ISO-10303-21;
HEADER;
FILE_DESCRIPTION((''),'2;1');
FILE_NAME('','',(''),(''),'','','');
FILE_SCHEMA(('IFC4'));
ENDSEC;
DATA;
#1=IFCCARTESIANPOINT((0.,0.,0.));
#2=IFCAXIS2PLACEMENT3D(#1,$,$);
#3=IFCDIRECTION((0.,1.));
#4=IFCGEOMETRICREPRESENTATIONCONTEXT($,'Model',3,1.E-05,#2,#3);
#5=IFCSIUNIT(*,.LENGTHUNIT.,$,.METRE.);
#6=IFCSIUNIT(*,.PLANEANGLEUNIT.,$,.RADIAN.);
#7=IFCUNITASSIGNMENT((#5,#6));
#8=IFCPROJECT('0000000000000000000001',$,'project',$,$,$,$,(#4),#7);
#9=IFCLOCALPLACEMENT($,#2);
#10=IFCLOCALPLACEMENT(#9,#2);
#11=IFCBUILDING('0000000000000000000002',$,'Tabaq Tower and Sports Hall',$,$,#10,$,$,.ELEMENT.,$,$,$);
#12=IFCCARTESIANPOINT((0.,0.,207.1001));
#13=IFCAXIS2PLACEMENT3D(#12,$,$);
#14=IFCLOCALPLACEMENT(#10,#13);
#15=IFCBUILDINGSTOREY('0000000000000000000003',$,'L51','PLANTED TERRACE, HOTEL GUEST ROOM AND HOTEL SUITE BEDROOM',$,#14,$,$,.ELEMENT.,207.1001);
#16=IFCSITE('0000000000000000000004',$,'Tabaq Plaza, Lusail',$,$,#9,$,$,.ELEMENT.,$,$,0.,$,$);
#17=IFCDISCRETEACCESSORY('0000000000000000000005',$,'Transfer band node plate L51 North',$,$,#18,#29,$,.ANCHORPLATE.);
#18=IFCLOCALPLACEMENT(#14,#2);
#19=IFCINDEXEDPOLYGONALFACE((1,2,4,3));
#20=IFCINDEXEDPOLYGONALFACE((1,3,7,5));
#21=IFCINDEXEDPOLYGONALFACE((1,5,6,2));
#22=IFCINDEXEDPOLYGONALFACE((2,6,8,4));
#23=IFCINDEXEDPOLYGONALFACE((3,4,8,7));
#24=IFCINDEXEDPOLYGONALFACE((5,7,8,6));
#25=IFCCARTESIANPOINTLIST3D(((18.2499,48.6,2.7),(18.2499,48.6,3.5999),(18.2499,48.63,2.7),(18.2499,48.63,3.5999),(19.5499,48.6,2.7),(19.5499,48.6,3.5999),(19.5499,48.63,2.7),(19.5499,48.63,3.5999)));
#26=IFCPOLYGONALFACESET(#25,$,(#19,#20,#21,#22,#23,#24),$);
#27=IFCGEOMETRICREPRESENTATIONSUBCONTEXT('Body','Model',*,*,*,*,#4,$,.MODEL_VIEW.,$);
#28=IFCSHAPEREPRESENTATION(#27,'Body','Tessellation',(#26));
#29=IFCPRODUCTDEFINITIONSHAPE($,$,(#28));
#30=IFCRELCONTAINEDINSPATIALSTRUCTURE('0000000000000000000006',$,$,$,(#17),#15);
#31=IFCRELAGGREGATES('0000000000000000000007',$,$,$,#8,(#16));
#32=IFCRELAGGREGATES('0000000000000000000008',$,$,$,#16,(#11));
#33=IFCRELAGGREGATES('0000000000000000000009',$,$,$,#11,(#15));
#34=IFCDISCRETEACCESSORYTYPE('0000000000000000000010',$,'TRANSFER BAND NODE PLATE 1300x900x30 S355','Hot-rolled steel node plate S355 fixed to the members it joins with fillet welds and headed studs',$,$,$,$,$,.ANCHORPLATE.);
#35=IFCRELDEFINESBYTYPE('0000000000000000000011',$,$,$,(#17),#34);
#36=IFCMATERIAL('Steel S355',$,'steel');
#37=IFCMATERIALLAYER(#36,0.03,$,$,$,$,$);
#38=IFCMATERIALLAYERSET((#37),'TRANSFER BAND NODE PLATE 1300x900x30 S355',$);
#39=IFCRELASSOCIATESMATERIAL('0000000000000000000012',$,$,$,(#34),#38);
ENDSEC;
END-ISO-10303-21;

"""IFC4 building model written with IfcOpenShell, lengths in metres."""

from ifc_helpers import new_model, si_unit, direction, frame, origin, origin_2d, place, context, subcontext, project, spatial, rectangle, extrude, material, layer, layer_set, type_object, element, save


model = new_model("IFC4")

# Units and contexts
model_context = context("Model", 3, precision=1e-05, world=origin(), true_north=direction((0.0, 1.0)))
body_context = subcontext(model_context, "Body", "Model", "MODEL_VIEW")
ifc_project = project(units=[si_unit("LENGTHUNIT", "METRE"), si_unit("PLANEANGLEUNIT", "RADIAN")], contexts=[model_context])

# Site, building, storey
site_placement = place(None, origin())
site = spatial("IfcSite", under=ifc_project, at=site_placement, Name="Tabaq Plaza, Lusail", CompositionType="ELEMENT", RefElevation=0.0)
building_placement = place(site_placement, origin())
building = spatial("IfcBuilding", under=site, at=building_placement, Name="Tabaq Tower and Sports Hall", CompositionType="ELEMENT")
storey_placement = place(building_placement, frame((0.0, 0.0, 207.1001)))
storey = spatial("IfcBuildingStorey", under=building, at=storey_placement, Name="L51", Description="PLANTED TERRACE, HOTEL GUEST ROOM AND HOTEL SUITE BEDROOM", CompositionType="ELEMENT", Elevation=207.1001)

# Discrete accessory
ifc_material_1 = material(Name="Steel S355", Category="steel")
ifc_layer_1 = layer(ifc_material_1, 0.03)
ifc_layer_set_1 = layer_set([ifc_layer_1], Name="TRANSFER BAND NODE PLATE 1300x900x30 S355")
discrete_accessory_type_1 = type_object("IfcDiscreteAccessoryType", Name="TRANSFER BAND NODE PLATE 1300x900x30 S355", Description="Hot-rolled steel node plate S355 fixed to the members it joins with fillet welds and headed studs", PredefinedType="ANCHORPLATE", material=ifc_layer_set_1)
for number, where, z_axis, x_axis, name in (
    (1, (18.8999, 48.615, 2.7), (0.0, 0.0, 1.0), (-1.0, 0.0, 0.0), "Transfer band node plate L51 North"),
):
    element("IfcDiscreteAccessory", number, at=place(storey_placement, frame(where, z_axis=z_axis, x_axis=x_axis)), inside=storey, type_object=discrete_accessory_type_1, Name=name, PredefinedType="ANCHORPLATE", context=body_context, shape_type="SweptSolid", body=[
        extrude(rectangle(XDim=1.3, YDim=0.03, at=origin_2d()), origin(), (0.0, 0.0, 1.0), 0.8999),
    ])

save(model, "model.ifc")
